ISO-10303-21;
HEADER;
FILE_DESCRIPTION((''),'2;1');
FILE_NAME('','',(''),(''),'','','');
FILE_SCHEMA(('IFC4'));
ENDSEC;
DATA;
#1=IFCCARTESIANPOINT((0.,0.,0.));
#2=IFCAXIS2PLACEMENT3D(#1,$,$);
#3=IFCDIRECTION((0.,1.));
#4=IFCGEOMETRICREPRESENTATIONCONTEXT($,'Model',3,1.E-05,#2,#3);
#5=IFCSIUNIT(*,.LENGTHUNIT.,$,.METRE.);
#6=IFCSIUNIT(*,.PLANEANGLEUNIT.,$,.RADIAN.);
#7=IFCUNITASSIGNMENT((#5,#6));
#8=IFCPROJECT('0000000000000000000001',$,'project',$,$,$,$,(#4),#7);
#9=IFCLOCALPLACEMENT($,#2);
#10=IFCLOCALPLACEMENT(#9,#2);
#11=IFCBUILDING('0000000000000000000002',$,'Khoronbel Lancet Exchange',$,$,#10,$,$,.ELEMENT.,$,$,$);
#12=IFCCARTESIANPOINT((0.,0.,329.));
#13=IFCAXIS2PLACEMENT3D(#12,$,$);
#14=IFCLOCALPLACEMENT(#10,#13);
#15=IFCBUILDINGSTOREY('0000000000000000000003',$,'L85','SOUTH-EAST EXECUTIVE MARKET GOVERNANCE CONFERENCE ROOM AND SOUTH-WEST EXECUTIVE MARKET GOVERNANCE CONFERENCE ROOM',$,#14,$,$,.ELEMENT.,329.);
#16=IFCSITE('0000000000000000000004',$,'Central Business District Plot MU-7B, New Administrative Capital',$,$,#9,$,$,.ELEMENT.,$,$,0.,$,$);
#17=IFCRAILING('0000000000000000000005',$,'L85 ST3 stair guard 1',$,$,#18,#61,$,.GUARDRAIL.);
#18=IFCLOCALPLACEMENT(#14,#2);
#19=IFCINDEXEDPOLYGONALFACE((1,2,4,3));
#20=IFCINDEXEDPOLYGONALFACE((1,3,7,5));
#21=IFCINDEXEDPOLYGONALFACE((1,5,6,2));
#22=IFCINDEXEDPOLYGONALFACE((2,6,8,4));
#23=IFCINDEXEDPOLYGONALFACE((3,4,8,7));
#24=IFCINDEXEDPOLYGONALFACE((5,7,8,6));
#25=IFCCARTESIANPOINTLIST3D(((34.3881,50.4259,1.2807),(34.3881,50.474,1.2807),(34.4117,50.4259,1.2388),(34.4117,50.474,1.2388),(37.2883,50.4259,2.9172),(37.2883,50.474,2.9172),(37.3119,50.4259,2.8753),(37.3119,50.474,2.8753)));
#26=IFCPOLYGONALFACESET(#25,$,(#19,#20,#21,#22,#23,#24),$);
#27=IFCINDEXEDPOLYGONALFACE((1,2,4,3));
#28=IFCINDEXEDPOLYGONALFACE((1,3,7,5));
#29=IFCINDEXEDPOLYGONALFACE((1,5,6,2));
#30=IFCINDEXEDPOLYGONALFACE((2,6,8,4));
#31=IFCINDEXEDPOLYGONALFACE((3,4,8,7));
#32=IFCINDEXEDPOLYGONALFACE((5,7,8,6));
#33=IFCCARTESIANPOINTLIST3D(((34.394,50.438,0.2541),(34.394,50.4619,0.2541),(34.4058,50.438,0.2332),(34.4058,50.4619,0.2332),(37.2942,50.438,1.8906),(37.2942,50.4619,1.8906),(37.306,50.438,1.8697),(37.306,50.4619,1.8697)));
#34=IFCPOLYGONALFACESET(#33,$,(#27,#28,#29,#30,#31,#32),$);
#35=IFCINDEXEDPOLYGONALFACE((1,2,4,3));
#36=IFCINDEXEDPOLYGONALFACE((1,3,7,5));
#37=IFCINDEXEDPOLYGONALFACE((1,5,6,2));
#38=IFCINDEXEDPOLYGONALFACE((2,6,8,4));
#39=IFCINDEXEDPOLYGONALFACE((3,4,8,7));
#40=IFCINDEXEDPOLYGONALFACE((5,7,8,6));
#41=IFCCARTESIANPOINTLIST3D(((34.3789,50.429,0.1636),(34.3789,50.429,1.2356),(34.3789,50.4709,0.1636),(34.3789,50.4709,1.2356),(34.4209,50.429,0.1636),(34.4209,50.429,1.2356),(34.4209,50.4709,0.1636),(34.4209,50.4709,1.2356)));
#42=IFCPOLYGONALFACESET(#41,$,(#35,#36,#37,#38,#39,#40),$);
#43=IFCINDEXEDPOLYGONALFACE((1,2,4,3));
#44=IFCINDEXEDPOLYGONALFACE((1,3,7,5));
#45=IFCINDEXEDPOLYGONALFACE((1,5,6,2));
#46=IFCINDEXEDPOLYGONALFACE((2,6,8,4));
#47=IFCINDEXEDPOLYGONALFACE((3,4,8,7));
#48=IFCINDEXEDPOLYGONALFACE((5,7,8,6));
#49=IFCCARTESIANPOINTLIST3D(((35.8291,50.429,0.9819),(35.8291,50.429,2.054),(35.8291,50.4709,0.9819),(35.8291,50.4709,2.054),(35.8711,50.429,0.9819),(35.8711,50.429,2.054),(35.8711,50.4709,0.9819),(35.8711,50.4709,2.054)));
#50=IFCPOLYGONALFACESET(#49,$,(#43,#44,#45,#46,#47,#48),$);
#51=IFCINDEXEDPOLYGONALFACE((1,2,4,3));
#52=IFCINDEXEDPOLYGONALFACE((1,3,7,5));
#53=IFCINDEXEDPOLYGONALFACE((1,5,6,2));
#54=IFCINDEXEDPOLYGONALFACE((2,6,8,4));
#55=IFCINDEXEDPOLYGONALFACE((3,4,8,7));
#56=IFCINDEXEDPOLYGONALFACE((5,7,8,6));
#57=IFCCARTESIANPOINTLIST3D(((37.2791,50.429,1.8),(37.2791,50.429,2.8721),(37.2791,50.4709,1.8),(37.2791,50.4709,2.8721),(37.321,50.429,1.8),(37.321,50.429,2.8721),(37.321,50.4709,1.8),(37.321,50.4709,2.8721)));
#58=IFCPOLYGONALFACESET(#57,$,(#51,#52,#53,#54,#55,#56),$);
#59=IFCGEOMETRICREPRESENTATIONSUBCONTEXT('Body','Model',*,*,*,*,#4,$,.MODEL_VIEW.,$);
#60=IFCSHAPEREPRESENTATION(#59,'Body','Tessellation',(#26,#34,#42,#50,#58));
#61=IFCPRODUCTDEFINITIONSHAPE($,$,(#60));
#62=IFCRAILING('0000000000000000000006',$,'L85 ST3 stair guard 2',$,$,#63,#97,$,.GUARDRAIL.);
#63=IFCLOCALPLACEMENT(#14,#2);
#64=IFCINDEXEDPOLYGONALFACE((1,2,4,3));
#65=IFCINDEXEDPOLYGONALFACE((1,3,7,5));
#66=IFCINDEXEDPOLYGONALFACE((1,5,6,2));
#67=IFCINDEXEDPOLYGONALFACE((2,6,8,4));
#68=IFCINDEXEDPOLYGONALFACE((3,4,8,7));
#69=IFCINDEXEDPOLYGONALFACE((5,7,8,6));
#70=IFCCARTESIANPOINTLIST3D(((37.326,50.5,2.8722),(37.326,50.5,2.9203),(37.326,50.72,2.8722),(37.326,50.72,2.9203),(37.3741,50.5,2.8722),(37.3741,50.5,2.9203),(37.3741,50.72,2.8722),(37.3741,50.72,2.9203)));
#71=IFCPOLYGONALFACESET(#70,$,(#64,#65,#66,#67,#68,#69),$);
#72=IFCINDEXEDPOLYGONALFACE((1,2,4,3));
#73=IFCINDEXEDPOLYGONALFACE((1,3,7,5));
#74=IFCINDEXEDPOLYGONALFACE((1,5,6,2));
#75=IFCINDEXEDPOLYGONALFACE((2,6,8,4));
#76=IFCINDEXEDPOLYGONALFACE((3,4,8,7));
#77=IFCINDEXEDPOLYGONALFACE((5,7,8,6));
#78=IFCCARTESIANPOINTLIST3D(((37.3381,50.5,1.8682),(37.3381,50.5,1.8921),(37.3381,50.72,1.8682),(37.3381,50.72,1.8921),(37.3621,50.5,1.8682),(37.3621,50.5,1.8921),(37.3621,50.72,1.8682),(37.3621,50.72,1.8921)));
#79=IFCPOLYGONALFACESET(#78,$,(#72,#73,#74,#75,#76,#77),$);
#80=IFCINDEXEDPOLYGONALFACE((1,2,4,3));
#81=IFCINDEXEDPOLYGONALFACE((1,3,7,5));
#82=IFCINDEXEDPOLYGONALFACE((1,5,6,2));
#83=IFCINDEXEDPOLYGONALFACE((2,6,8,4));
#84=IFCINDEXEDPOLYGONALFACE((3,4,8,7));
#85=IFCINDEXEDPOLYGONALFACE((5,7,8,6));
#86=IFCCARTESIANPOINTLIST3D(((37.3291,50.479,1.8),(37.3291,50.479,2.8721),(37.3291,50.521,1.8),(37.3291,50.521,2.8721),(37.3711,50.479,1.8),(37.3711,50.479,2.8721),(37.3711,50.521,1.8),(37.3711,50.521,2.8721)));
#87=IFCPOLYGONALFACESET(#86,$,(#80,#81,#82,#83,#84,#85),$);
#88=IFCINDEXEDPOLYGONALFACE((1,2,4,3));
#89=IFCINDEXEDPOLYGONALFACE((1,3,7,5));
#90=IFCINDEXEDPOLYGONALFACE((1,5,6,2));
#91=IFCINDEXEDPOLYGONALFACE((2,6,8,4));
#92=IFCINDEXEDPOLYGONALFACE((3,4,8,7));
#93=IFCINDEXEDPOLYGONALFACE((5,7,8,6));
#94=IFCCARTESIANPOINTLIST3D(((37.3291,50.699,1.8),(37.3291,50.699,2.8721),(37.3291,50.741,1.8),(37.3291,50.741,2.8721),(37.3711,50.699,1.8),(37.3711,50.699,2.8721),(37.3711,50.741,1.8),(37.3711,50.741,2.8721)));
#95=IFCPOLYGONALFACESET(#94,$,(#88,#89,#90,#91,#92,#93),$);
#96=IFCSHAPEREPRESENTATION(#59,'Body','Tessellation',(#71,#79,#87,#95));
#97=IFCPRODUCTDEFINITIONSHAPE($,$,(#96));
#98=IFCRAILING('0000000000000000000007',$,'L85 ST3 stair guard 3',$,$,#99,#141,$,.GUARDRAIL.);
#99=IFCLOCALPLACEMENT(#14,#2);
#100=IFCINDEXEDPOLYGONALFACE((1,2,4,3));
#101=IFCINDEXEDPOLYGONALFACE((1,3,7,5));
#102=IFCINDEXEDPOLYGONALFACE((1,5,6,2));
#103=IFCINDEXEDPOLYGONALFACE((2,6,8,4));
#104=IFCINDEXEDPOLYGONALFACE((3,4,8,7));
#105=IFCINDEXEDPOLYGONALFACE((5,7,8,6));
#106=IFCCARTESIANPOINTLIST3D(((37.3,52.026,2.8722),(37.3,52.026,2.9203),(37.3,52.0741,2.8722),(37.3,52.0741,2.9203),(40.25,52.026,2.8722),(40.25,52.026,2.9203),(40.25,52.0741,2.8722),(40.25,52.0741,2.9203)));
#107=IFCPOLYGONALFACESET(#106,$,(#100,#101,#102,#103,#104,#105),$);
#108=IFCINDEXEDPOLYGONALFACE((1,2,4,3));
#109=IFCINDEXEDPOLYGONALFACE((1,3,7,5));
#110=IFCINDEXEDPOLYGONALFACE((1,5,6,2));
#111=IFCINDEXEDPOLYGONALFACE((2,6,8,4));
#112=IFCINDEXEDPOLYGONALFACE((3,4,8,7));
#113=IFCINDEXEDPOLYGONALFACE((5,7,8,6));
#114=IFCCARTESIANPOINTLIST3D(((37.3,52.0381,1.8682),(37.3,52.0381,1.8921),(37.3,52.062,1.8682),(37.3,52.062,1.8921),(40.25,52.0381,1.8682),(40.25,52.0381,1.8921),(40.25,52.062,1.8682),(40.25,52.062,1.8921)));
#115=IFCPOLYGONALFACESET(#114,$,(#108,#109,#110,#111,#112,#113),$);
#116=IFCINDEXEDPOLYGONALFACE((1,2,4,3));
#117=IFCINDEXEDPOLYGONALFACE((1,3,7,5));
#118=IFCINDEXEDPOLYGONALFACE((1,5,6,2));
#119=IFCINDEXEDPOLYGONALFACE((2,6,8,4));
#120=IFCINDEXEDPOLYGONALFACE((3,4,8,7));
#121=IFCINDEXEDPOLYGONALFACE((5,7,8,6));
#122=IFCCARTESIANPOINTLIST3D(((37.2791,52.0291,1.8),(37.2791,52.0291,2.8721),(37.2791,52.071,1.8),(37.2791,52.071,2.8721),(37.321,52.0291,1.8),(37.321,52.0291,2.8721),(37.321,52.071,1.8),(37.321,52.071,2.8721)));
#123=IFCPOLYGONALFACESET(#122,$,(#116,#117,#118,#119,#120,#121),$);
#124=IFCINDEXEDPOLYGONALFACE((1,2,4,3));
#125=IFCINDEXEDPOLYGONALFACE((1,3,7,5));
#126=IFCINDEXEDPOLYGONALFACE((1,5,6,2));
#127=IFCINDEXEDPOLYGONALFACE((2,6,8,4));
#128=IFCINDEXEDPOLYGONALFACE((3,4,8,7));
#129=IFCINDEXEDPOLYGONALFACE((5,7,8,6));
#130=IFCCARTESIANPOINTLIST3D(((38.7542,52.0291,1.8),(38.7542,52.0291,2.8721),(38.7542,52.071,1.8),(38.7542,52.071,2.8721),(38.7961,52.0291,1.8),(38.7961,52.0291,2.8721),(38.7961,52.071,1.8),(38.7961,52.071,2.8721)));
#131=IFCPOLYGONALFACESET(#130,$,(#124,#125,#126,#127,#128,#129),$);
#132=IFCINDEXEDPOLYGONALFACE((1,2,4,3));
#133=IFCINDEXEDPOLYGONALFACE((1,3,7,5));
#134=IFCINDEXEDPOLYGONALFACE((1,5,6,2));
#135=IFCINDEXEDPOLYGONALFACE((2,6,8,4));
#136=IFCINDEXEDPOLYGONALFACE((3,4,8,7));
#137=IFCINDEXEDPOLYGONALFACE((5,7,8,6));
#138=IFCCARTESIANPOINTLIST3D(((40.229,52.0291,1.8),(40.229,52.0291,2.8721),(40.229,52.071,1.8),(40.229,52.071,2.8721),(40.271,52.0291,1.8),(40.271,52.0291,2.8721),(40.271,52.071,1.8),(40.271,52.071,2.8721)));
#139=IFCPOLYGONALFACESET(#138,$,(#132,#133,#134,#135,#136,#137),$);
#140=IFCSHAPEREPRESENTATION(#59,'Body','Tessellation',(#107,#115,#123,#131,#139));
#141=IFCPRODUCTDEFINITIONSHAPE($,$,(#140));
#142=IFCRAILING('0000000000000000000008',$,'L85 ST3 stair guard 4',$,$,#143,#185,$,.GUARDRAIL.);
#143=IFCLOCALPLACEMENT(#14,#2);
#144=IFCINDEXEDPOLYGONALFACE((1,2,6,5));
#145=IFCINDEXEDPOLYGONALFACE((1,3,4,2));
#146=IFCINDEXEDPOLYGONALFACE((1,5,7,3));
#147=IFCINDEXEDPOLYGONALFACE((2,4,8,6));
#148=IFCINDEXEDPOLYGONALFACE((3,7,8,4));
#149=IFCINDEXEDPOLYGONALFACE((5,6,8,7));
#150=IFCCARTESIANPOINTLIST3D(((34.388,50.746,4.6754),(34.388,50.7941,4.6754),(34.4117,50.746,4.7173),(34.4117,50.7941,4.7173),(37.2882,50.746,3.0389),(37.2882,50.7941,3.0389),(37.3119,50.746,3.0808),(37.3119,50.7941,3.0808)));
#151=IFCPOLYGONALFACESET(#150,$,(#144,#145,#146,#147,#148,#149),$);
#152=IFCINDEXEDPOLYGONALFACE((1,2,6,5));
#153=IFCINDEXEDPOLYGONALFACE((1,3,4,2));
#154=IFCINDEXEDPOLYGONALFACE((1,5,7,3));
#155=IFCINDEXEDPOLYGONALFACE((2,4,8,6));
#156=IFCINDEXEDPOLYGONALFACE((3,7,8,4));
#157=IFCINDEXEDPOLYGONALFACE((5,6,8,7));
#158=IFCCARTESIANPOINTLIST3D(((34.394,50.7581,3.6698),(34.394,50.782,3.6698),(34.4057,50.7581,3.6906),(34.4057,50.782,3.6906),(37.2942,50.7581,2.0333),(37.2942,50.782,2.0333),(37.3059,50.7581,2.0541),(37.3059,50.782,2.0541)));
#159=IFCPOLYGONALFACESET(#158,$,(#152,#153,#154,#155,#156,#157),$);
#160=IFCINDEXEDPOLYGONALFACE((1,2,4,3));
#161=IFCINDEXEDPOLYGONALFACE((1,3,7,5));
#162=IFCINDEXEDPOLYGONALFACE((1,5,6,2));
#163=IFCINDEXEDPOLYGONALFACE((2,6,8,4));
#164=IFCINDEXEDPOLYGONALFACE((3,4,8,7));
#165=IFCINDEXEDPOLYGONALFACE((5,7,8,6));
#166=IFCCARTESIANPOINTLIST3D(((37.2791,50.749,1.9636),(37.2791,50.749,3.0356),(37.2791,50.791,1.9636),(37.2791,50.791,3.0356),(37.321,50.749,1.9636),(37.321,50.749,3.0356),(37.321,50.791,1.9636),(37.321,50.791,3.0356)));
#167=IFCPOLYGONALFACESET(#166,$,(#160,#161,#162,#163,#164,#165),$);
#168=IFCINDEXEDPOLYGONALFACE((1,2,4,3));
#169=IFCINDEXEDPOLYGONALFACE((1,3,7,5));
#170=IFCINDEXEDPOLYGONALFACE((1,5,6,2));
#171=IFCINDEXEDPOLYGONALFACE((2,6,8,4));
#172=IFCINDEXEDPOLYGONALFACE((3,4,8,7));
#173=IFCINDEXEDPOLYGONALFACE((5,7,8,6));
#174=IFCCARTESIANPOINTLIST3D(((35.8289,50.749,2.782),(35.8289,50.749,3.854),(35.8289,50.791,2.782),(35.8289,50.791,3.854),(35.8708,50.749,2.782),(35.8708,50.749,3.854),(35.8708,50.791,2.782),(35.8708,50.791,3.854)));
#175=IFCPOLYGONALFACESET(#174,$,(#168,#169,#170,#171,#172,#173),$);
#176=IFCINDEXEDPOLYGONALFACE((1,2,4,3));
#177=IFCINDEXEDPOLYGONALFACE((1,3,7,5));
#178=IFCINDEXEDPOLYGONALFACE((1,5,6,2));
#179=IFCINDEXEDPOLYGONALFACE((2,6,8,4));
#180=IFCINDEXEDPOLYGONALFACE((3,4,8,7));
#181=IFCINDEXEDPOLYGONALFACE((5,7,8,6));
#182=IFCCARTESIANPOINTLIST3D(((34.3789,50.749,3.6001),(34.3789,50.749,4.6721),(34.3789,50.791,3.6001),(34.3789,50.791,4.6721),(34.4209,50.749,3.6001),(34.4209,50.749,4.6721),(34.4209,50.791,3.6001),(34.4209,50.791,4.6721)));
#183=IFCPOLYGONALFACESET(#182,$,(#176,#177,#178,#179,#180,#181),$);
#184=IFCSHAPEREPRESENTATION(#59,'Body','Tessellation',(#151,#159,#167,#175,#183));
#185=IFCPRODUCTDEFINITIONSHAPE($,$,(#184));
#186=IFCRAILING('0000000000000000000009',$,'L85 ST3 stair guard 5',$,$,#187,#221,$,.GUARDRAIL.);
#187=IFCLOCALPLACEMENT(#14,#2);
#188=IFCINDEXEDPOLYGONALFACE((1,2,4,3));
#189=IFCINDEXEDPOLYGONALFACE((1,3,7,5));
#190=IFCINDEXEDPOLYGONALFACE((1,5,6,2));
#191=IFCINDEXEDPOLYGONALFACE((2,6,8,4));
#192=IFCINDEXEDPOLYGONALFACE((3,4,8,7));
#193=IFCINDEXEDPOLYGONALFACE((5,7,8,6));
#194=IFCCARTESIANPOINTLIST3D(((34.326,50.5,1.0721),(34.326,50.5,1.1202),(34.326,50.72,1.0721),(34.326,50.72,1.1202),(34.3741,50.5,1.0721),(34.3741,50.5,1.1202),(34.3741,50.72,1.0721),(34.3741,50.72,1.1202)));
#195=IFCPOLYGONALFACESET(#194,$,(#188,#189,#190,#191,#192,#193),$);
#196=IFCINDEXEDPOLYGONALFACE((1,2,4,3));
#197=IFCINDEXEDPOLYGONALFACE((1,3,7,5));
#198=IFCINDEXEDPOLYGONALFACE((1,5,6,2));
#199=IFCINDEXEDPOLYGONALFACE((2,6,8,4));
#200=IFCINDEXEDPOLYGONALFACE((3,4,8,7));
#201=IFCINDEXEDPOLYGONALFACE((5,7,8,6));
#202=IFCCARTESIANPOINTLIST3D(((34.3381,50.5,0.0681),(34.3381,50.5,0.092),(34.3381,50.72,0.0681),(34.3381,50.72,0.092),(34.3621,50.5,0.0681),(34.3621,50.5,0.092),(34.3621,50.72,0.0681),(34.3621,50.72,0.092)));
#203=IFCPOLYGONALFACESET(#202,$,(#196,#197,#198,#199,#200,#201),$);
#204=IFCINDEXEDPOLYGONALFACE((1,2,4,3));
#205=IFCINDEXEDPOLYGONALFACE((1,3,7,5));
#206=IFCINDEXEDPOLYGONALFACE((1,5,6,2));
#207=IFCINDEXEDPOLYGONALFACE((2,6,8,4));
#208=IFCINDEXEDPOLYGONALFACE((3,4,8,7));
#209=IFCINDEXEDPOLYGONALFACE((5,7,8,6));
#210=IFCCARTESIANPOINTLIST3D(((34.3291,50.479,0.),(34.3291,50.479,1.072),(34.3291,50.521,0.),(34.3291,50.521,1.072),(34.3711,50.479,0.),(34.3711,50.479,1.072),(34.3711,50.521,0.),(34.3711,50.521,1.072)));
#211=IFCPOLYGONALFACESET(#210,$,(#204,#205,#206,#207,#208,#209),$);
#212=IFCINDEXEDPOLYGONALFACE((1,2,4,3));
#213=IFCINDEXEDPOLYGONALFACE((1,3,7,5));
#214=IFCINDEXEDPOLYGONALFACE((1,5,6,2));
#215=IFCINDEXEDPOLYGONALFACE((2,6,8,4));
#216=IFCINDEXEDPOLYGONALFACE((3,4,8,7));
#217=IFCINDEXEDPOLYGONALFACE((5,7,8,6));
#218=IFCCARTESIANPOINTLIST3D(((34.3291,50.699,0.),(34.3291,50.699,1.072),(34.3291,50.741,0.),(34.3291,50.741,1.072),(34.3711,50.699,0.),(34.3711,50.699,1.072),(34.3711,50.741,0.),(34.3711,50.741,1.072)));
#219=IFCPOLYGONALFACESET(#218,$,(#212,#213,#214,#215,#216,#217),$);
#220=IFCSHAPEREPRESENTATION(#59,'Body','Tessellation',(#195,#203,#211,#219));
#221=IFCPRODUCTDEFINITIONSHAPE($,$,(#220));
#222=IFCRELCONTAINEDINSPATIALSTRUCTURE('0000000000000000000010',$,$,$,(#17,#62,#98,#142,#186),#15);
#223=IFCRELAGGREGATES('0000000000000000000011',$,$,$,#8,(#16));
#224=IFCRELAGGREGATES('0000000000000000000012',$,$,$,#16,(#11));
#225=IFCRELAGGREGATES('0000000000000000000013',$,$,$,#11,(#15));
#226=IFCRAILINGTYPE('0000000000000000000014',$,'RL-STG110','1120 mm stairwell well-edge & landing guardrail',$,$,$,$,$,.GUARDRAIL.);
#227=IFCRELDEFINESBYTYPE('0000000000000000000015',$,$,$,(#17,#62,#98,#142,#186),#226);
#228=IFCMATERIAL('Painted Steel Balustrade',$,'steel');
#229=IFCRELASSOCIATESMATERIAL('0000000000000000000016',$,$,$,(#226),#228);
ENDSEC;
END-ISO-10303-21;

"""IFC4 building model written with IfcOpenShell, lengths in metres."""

from ifc_helpers import new_model, si_unit, direction, frame, origin, origin_2d, place, context, subcontext, project, spatial, rectangle, extrude, material, type_object, element, save


model = new_model("IFC4")

# Units and contexts
model_context = context("Model", 3, precision=1e-05, world=origin(), true_north=direction((0.0, 1.0)))
body_context = subcontext(model_context, "Body", "Model", "MODEL_VIEW")
ifc_project = project(units=[si_unit("LENGTHUNIT", "METRE"), si_unit("PLANEANGLEUNIT", "RADIAN")], contexts=[model_context])

# Site, building, storey
site_placement = place(None, origin())
site = spatial("IfcSite", under=ifc_project, at=site_placement, Name="Central Business District Plot MU-7B, New Administrative Capital", CompositionType="ELEMENT", RefElevation=0.0)
building_placement = place(site_placement, origin())
building = spatial("IfcBuilding", under=site, at=building_placement, Name="Khoronbel Lancet Exchange", CompositionType="ELEMENT")
storey_placement = place(building_placement, frame((0.0, 0.0, 329.0)))
storey = spatial("IfcBuildingStorey", under=building, at=storey_placement, Name="L85", Description="SOUTH-EAST EXECUTIVE MARKET GOVERNANCE CONFERENCE ROOM AND SOUTH-WEST EXECUTIVE MARKET GOVERNANCE CONFERENCE ROOM", CompositionType="ELEMENT", Elevation=329.0)

# Railings
ifc_material_1 = material(Name="Painted Steel Balustrade", Category="steel")
railing_type_1 = type_object("IfcRailingType", Name="RL-STG110", Description="1120 mm stairwell well-edge & landing guardrail", PredefinedType="GUARDRAIL", material=ifc_material_1)
railing_1_placement = place(storey_placement, frame((34.3999, 50.45, 0.1636)))
element("IfcRailing", 1, at=railing_1_placement, inside=storey, type_object=railing_type_1, Name="L85 ST3 stair guard 1", PredefinedType="GUARDRAIL", context=body_context, shape_type="SweptSolid", body=[
    extrude(rectangle(XDim=0.0481, YDim=0.0481, at=origin_2d()), frame((0.0, 0.0, 1.0962), z_axis=(0.870915, 0.0, 0.491434), x_axis=(0.0, 1.0, 0.0)), (0.0, 0.0, 1.0), 3.3301),
    extrude(rectangle(XDim=0.0239, YDim=0.0239, at=origin_2d()), frame((0.0, 0.0, 0.0801), z_axis=(0.870915, 0.0, 0.491434), x_axis=(0.0, 1.0, 0.0)), (0.0, 0.0, 1.0), 3.3301),
    extrude(rectangle(XDim=0.042, YDim=0.042, at=origin_2d()), origin(), (0.0, 0.0, 1.0), 1.072),
    extrude(rectangle(XDim=0.042, YDim=0.042, at=origin_2d()), frame((1.4502, 0.0, 0.8184)), (0.0, 0.0, 1.0), 1.072),
    extrude(rectangle(XDim=0.042, YDim=0.042, at=origin_2d()), frame((2.9001, 0.0, 1.6365)), (0.0, 0.0, 1.0), 1.072),
])
railing_2_placement = place(storey_placement, frame((37.3501, 50.5, 1.8)))
element("IfcRailing", 2, at=railing_2_placement, inside=storey, type_object=railing_type_1, Name="L85 ST3 stair guard 2", PredefinedType="GUARDRAIL", context=body_context, shape_type="SweptSolid", body=[
    extrude(rectangle(XDim=0.0481, YDim=0.0481, at=origin_2d()), frame((0.0, 0.0, 1.0962), z_axis=(0.0, 1.0, 0.0), x_axis=(-1.0, 0.0, 0.0)), (0.0, 0.0, 1.0), 0.22),
    extrude(rectangle(XDim=0.0239, YDim=0.0239, at=origin_2d()), frame((0.0, 0.0, 0.0801), z_axis=(0.0, 1.0, 0.0), x_axis=(-1.0, 0.0, 0.0)), (0.0, 0.0, 1.0), 0.22),
    extrude(rectangle(XDim=0.042, YDim=0.042, at=origin_2d()), origin(), (0.0, 0.0, 1.0), 1.072),
    extrude(rectangle(XDim=0.042, YDim=0.042, at=origin_2d()), frame((0.0, 0.22, 0.0)), (0.0, 0.0, 1.0), 1.072),
])
railing_3_placement = place(storey_placement, frame((37.3, 52.05, 1.8)))
element("IfcRailing", 3, at=railing_3_placement, inside=storey, type_object=railing_type_1, Name="L85 ST3 stair guard 3", PredefinedType="GUARDRAIL", context=body_context, shape_type="SweptSolid", body=[
    extrude(rectangle(XDim=0.0481, YDim=0.0481, at=origin_2d()), frame((0.0, 0.0, 1.0962), z_axis=(1.0, 0.0, 0.0), x_axis=(0.0, 1.0, 0.0)), (0.0, 0.0, 1.0), 2.95),
    extrude(rectangle(XDim=0.0239, YDim=0.0239, at=origin_2d()), frame((0.0, 0.0, 0.0801), z_axis=(1.0, 0.0, 0.0), x_axis=(0.0, 1.0, 0.0)), (0.0, 0.0, 1.0), 2.95),
    extrude(rectangle(XDim=0.042, YDim=0.042, at=origin_2d()), origin(), (0.0, 0.0, 1.0), 1.072),
    extrude(rectangle(XDim=0.042, YDim=0.042, at=origin_2d()), frame((1.4751, 0.0, 0.0)), (0.0, 0.0, 1.0), 1.072),
    extrude(rectangle(XDim=0.042, YDim=0.042, at=origin_2d()), frame((2.95, 0.0, 0.0)), (0.0, 0.0, 1.0), 1.072),
])
railing_4_placement = place(storey_placement, frame((37.3, 50.77, 1.9636)))
element("IfcRailing", 4, at=railing_4_placement, inside=storey, type_object=railing_type_1, Name="L85 ST3 stair guard 4", PredefinedType="GUARDRAIL", context=body_context, shape_type="SweptSolid", body=[
    extrude(rectangle(XDim=0.0481, YDim=0.0481, at=origin_2d()), frame((0.0, 0.0, 1.0962), z_axis=(-0.870915, 0.0, 0.491434), x_axis=(0.0, -1.0, 0.0)), (0.0, 0.0, 1.0), 3.3301),
    extrude(rectangle(XDim=0.0239, YDim=0.0239, at=origin_2d()), frame((0.0, 0.0, 0.0801), z_axis=(-0.870915, 0.0, 0.491434), x_axis=(0.0, -1.0, 0.0)), (0.0, 0.0, 1.0), 3.3301),
    extrude(rectangle(XDim=0.042, YDim=0.042, at=origin_2d()), origin(), (0.0, 0.0, 1.0), 1.072),
    extrude(rectangle(XDim=0.042, YDim=0.042, at=origin_2d()), frame((-1.4502, 0.0, 0.8184)), (0.0, 0.0, 1.0), 1.072),
    extrude(rectangle(XDim=0.042, YDim=0.042, at=origin_2d()), frame((-2.9001, 0.0, 1.6365)), (0.0, 0.0, 1.0), 1.072),
])
railing_5_placement = place(storey_placement, frame((34.3501, 50.5, 0.0)))
element("IfcRailing", 5, at=railing_5_placement, inside=storey, type_object=railing_type_1, Name="L85 ST3 stair guard 5", PredefinedType="GUARDRAIL", context=body_context, shape_type="SweptSolid", body=[
    extrude(rectangle(XDim=0.0481, YDim=0.0481, at=origin_2d()), frame((0.0, 0.0, 1.0962), z_axis=(0.0, 1.0, 0.0), x_axis=(-1.0, 0.0, 0.0)), (0.0, 0.0, 1.0), 0.22),
    extrude(rectangle(XDim=0.0239, YDim=0.0239, at=origin_2d()), frame((0.0, 0.0, 0.0801), z_axis=(0.0, 1.0, 0.0), x_axis=(-1.0, 0.0, 0.0)), (0.0, 0.0, 1.0), 0.22),
    extrude(rectangle(XDim=0.042, YDim=0.042, at=origin_2d()), origin(), (0.0, 0.0, 1.0), 1.072),
    extrude(rectangle(XDim=0.042, YDim=0.042, at=origin_2d()), frame((0.0, 0.22, 0.0)), (0.0, 0.0, 1.0), 1.072),
])

save(model, "model.ifc")
